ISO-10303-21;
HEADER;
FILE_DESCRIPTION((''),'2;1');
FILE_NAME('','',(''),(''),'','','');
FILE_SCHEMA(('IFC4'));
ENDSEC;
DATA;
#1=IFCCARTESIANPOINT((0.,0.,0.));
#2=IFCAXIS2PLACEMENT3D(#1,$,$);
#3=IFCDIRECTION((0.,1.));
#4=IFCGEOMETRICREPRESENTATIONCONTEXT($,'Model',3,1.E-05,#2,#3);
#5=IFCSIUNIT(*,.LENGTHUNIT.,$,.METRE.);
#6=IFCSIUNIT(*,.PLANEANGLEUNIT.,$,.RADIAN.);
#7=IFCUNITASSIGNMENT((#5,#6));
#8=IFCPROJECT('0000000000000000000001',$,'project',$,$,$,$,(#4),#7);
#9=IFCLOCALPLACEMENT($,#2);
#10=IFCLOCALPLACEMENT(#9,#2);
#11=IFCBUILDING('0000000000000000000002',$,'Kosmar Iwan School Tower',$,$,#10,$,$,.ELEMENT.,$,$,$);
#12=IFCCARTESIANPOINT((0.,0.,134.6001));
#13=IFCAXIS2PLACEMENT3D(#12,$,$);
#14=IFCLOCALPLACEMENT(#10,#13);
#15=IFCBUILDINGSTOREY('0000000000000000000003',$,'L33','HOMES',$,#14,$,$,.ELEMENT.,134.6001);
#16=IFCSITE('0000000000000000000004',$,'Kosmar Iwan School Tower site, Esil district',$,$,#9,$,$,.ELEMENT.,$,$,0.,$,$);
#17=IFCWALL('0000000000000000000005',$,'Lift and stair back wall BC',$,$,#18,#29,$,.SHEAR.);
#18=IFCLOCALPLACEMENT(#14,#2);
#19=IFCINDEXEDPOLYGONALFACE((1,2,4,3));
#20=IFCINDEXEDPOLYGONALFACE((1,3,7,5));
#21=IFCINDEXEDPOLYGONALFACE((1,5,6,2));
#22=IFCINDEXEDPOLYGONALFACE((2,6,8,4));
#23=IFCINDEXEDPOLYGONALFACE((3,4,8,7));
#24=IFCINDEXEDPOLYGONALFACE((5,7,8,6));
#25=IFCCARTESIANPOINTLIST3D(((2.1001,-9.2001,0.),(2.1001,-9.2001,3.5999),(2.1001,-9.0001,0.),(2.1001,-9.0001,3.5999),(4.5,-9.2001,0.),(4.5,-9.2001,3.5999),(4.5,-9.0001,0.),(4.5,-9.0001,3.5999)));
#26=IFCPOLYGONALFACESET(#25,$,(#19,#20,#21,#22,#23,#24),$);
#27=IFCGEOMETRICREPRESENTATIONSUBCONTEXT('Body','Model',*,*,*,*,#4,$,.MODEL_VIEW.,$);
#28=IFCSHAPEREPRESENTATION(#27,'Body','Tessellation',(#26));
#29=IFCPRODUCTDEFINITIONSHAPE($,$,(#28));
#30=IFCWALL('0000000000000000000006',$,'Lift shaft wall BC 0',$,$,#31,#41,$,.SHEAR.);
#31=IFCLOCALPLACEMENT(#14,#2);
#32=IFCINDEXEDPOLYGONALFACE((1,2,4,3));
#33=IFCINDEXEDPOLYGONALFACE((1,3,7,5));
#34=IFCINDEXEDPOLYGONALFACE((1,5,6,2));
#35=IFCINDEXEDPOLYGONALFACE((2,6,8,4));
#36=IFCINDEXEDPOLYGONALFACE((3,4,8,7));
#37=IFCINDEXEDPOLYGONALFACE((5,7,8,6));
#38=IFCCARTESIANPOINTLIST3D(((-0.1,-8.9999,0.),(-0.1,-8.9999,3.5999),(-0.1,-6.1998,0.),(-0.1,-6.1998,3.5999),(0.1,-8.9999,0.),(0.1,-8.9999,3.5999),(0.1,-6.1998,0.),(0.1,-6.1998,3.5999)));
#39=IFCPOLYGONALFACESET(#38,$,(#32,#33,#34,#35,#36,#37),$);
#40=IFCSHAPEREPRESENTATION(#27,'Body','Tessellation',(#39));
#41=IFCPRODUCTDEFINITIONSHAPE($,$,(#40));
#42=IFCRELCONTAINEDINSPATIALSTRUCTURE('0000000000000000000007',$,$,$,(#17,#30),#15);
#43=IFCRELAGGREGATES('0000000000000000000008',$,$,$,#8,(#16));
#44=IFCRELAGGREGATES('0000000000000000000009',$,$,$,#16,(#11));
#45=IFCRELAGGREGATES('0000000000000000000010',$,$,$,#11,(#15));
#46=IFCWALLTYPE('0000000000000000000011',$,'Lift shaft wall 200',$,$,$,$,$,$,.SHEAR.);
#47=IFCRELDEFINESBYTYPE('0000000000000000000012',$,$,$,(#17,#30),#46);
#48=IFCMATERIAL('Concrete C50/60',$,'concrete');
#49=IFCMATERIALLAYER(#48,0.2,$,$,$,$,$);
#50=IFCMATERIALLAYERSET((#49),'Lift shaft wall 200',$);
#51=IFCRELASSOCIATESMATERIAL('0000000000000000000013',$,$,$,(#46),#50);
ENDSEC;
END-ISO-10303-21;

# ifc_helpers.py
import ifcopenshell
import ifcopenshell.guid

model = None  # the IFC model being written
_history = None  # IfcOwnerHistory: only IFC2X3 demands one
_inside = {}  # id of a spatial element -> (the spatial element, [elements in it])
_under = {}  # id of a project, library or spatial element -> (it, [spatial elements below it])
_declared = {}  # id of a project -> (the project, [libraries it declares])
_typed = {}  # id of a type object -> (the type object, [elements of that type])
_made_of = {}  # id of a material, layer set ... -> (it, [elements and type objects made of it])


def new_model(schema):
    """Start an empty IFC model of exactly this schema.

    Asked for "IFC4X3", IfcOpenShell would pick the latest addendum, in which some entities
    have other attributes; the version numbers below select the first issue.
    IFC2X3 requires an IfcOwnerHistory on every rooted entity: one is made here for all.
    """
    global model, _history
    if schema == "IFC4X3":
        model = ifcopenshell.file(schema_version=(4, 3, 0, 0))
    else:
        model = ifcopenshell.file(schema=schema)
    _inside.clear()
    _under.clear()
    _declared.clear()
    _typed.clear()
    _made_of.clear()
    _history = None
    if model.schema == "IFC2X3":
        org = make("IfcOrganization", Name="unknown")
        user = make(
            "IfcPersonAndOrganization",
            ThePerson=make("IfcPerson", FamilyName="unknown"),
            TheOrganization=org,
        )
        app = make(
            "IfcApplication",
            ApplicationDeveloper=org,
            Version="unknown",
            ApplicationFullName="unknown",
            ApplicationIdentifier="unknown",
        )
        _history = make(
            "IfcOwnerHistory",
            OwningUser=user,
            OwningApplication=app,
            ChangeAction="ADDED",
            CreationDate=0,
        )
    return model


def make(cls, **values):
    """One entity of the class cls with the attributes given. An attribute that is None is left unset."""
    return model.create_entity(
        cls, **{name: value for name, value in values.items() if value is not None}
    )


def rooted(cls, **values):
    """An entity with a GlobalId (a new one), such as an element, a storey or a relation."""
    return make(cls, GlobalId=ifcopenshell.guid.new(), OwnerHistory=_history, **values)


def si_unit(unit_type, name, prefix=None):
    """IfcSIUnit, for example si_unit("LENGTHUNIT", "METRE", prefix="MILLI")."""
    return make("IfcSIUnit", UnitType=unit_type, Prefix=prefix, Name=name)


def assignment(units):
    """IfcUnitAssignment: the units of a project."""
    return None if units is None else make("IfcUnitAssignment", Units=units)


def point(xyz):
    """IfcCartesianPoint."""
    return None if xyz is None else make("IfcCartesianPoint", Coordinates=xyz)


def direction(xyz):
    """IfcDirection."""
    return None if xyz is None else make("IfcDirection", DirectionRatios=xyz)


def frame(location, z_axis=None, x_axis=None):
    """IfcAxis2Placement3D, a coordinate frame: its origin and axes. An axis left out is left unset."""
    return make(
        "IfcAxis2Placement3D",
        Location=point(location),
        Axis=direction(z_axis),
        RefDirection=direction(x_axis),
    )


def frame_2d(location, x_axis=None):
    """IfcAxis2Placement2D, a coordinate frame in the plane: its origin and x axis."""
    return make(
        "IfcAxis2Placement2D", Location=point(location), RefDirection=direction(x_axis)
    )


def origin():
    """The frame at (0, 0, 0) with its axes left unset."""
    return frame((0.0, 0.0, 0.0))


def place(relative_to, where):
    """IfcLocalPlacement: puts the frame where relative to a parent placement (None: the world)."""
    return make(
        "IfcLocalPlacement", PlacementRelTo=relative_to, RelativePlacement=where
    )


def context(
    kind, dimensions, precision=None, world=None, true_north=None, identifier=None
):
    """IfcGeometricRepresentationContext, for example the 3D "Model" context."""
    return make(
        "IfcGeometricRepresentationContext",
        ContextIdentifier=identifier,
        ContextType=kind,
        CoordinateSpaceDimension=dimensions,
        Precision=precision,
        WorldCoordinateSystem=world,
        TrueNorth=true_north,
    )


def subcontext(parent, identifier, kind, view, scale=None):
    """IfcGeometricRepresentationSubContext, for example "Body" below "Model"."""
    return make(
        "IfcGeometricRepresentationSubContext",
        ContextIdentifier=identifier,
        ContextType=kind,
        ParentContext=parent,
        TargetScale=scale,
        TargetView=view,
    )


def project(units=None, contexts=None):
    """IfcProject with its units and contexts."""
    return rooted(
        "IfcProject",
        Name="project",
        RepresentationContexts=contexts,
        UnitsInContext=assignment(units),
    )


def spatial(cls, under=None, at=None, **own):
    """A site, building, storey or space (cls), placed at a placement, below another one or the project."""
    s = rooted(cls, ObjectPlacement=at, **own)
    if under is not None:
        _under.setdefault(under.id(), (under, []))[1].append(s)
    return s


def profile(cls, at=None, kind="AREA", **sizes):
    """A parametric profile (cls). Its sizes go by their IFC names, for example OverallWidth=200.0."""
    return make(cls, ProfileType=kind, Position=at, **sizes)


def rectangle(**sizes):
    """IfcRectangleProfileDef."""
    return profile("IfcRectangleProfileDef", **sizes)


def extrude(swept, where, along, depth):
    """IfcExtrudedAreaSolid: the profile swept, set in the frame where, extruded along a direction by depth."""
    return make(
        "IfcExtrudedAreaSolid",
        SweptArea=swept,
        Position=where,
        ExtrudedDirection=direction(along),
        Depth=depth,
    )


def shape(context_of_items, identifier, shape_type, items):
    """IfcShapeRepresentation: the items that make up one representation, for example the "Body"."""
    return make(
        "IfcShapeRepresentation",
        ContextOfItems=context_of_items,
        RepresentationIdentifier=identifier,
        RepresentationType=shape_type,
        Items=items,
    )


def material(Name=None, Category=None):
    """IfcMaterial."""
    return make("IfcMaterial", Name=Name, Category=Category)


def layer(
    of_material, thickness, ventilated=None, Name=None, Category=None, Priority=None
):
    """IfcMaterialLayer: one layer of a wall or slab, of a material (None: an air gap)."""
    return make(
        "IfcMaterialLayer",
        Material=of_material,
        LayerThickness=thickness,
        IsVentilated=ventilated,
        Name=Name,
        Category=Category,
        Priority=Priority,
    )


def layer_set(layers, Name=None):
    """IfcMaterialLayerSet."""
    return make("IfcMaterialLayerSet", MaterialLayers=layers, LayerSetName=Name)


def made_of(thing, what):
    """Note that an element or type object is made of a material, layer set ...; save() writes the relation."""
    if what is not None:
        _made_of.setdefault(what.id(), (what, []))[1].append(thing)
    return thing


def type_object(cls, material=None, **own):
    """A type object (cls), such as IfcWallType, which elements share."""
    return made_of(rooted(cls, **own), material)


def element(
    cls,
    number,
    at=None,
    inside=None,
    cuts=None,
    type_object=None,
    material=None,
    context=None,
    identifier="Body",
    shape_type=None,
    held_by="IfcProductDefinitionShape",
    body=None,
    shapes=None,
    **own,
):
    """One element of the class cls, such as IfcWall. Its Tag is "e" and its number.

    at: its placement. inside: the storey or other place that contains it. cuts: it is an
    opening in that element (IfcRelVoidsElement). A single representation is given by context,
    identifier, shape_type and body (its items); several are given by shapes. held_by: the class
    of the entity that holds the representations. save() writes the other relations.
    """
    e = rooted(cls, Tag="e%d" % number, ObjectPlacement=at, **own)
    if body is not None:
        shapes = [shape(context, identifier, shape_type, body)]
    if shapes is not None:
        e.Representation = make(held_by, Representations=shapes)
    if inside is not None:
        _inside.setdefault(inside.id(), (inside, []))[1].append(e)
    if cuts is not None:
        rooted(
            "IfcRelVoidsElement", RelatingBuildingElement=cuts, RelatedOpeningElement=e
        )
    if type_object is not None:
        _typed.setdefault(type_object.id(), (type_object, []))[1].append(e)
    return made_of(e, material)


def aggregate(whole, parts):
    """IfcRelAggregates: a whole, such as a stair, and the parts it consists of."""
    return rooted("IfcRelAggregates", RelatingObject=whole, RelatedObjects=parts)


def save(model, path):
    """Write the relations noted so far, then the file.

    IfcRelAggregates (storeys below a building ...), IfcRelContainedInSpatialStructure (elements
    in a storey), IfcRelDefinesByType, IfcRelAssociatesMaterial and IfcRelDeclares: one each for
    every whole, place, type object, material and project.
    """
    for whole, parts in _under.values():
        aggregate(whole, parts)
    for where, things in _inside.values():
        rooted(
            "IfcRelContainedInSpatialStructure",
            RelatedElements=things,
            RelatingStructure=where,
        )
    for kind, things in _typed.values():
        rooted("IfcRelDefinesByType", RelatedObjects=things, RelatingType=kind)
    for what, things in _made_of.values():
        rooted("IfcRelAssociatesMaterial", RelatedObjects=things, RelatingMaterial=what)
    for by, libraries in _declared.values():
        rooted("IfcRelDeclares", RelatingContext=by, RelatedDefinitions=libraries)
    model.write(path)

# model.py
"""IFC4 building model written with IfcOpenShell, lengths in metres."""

from ifc_helpers import new_model, si_unit, direction, frame, frame_2d, origin, place, context, subcontext, project, spatial, rectangle, extrude, material, layer, layer_set, type_object, element, save


model = new_model("IFC4")

# Units and contexts
model_context = context("Model", 3, precision=1e-05, world=origin(), true_north=direction((0.0, 1.0)))
body_context = subcontext(model_context, "Body", "Model", "MODEL_VIEW")
ifc_project = project(units=[si_unit("LENGTHUNIT", "METRE"), si_unit("PLANEANGLEUNIT", "RADIAN")], contexts=[model_context])

# Site, building, storey
site_placement = place(None, origin())
site = spatial("IfcSite", under=ifc_project, at=site_placement, Name="Kosmar Iwan School Tower site, Esil district", CompositionType="ELEMENT", RefElevation=0.0)
building_placement = place(site_placement, origin())
building = spatial("IfcBuilding", under=site, at=building_placement, Name="Kosmar Iwan School Tower", CompositionType="ELEMENT")
storey_placement = place(building_placement, frame((0.0, 0.0, 134.6001)))
storey = spatial("IfcBuildingStorey", under=building, at=storey_placement, Name="L33", Description="HOMES", CompositionType="ELEMENT", Elevation=134.6001)

# Walls
ifc_material_1 = material(Name="Concrete C50/60", Category="concrete")
ifc_layer_1 = layer(ifc_material_1, 0.2)
ifc_layer_set_1 = layer_set([ifc_layer_1], Name="Lift shaft wall 200")
wall_type_1 = type_object("IfcWallType", Name="Lift shaft wall 200", PredefinedType="SHEAR", material=ifc_layer_set_1)
wall_1_placement = place(storey_placement, frame((2.1001, -9.1001, 0.0), z_axis=(0.0, 0.0, 1.0), x_axis=(1.0, 0.0, 0.0)))
element("IfcWall", 1, at=wall_1_placement, inside=storey, type_object=wall_type_1, Name="Lift and stair back wall BC", PredefinedType="SHEAR", context=body_context, shape_type="SweptSolid", body=[
    extrude(rectangle(XDim=2.3999, YDim=0.2, at=frame_2d((1.2, 0.0))), origin(), (0.0, 0.0, 1.0), 3.5999),
])
wall_2_placement = place(storey_placement, frame((0.0, -6.2, 0.0), z_axis=(0.0, 0.0, 1.0), x_axis=(0.0, -1.0, 0.0)))
element("IfcWall", 2, at=wall_2_placement, inside=storey, type_object=wall_type_1, Name="Lift shaft wall BC 0", PredefinedType="SHEAR", context=body_context, shape_type="SweptSolid", body=[
    extrude(rectangle(XDim=2.8, YDim=0.2, at=frame_2d((1.3999, 0.0))), origin(), (0.0, 0.0, 1.0), 3.5999),
])

save(model, "model.ifc")
